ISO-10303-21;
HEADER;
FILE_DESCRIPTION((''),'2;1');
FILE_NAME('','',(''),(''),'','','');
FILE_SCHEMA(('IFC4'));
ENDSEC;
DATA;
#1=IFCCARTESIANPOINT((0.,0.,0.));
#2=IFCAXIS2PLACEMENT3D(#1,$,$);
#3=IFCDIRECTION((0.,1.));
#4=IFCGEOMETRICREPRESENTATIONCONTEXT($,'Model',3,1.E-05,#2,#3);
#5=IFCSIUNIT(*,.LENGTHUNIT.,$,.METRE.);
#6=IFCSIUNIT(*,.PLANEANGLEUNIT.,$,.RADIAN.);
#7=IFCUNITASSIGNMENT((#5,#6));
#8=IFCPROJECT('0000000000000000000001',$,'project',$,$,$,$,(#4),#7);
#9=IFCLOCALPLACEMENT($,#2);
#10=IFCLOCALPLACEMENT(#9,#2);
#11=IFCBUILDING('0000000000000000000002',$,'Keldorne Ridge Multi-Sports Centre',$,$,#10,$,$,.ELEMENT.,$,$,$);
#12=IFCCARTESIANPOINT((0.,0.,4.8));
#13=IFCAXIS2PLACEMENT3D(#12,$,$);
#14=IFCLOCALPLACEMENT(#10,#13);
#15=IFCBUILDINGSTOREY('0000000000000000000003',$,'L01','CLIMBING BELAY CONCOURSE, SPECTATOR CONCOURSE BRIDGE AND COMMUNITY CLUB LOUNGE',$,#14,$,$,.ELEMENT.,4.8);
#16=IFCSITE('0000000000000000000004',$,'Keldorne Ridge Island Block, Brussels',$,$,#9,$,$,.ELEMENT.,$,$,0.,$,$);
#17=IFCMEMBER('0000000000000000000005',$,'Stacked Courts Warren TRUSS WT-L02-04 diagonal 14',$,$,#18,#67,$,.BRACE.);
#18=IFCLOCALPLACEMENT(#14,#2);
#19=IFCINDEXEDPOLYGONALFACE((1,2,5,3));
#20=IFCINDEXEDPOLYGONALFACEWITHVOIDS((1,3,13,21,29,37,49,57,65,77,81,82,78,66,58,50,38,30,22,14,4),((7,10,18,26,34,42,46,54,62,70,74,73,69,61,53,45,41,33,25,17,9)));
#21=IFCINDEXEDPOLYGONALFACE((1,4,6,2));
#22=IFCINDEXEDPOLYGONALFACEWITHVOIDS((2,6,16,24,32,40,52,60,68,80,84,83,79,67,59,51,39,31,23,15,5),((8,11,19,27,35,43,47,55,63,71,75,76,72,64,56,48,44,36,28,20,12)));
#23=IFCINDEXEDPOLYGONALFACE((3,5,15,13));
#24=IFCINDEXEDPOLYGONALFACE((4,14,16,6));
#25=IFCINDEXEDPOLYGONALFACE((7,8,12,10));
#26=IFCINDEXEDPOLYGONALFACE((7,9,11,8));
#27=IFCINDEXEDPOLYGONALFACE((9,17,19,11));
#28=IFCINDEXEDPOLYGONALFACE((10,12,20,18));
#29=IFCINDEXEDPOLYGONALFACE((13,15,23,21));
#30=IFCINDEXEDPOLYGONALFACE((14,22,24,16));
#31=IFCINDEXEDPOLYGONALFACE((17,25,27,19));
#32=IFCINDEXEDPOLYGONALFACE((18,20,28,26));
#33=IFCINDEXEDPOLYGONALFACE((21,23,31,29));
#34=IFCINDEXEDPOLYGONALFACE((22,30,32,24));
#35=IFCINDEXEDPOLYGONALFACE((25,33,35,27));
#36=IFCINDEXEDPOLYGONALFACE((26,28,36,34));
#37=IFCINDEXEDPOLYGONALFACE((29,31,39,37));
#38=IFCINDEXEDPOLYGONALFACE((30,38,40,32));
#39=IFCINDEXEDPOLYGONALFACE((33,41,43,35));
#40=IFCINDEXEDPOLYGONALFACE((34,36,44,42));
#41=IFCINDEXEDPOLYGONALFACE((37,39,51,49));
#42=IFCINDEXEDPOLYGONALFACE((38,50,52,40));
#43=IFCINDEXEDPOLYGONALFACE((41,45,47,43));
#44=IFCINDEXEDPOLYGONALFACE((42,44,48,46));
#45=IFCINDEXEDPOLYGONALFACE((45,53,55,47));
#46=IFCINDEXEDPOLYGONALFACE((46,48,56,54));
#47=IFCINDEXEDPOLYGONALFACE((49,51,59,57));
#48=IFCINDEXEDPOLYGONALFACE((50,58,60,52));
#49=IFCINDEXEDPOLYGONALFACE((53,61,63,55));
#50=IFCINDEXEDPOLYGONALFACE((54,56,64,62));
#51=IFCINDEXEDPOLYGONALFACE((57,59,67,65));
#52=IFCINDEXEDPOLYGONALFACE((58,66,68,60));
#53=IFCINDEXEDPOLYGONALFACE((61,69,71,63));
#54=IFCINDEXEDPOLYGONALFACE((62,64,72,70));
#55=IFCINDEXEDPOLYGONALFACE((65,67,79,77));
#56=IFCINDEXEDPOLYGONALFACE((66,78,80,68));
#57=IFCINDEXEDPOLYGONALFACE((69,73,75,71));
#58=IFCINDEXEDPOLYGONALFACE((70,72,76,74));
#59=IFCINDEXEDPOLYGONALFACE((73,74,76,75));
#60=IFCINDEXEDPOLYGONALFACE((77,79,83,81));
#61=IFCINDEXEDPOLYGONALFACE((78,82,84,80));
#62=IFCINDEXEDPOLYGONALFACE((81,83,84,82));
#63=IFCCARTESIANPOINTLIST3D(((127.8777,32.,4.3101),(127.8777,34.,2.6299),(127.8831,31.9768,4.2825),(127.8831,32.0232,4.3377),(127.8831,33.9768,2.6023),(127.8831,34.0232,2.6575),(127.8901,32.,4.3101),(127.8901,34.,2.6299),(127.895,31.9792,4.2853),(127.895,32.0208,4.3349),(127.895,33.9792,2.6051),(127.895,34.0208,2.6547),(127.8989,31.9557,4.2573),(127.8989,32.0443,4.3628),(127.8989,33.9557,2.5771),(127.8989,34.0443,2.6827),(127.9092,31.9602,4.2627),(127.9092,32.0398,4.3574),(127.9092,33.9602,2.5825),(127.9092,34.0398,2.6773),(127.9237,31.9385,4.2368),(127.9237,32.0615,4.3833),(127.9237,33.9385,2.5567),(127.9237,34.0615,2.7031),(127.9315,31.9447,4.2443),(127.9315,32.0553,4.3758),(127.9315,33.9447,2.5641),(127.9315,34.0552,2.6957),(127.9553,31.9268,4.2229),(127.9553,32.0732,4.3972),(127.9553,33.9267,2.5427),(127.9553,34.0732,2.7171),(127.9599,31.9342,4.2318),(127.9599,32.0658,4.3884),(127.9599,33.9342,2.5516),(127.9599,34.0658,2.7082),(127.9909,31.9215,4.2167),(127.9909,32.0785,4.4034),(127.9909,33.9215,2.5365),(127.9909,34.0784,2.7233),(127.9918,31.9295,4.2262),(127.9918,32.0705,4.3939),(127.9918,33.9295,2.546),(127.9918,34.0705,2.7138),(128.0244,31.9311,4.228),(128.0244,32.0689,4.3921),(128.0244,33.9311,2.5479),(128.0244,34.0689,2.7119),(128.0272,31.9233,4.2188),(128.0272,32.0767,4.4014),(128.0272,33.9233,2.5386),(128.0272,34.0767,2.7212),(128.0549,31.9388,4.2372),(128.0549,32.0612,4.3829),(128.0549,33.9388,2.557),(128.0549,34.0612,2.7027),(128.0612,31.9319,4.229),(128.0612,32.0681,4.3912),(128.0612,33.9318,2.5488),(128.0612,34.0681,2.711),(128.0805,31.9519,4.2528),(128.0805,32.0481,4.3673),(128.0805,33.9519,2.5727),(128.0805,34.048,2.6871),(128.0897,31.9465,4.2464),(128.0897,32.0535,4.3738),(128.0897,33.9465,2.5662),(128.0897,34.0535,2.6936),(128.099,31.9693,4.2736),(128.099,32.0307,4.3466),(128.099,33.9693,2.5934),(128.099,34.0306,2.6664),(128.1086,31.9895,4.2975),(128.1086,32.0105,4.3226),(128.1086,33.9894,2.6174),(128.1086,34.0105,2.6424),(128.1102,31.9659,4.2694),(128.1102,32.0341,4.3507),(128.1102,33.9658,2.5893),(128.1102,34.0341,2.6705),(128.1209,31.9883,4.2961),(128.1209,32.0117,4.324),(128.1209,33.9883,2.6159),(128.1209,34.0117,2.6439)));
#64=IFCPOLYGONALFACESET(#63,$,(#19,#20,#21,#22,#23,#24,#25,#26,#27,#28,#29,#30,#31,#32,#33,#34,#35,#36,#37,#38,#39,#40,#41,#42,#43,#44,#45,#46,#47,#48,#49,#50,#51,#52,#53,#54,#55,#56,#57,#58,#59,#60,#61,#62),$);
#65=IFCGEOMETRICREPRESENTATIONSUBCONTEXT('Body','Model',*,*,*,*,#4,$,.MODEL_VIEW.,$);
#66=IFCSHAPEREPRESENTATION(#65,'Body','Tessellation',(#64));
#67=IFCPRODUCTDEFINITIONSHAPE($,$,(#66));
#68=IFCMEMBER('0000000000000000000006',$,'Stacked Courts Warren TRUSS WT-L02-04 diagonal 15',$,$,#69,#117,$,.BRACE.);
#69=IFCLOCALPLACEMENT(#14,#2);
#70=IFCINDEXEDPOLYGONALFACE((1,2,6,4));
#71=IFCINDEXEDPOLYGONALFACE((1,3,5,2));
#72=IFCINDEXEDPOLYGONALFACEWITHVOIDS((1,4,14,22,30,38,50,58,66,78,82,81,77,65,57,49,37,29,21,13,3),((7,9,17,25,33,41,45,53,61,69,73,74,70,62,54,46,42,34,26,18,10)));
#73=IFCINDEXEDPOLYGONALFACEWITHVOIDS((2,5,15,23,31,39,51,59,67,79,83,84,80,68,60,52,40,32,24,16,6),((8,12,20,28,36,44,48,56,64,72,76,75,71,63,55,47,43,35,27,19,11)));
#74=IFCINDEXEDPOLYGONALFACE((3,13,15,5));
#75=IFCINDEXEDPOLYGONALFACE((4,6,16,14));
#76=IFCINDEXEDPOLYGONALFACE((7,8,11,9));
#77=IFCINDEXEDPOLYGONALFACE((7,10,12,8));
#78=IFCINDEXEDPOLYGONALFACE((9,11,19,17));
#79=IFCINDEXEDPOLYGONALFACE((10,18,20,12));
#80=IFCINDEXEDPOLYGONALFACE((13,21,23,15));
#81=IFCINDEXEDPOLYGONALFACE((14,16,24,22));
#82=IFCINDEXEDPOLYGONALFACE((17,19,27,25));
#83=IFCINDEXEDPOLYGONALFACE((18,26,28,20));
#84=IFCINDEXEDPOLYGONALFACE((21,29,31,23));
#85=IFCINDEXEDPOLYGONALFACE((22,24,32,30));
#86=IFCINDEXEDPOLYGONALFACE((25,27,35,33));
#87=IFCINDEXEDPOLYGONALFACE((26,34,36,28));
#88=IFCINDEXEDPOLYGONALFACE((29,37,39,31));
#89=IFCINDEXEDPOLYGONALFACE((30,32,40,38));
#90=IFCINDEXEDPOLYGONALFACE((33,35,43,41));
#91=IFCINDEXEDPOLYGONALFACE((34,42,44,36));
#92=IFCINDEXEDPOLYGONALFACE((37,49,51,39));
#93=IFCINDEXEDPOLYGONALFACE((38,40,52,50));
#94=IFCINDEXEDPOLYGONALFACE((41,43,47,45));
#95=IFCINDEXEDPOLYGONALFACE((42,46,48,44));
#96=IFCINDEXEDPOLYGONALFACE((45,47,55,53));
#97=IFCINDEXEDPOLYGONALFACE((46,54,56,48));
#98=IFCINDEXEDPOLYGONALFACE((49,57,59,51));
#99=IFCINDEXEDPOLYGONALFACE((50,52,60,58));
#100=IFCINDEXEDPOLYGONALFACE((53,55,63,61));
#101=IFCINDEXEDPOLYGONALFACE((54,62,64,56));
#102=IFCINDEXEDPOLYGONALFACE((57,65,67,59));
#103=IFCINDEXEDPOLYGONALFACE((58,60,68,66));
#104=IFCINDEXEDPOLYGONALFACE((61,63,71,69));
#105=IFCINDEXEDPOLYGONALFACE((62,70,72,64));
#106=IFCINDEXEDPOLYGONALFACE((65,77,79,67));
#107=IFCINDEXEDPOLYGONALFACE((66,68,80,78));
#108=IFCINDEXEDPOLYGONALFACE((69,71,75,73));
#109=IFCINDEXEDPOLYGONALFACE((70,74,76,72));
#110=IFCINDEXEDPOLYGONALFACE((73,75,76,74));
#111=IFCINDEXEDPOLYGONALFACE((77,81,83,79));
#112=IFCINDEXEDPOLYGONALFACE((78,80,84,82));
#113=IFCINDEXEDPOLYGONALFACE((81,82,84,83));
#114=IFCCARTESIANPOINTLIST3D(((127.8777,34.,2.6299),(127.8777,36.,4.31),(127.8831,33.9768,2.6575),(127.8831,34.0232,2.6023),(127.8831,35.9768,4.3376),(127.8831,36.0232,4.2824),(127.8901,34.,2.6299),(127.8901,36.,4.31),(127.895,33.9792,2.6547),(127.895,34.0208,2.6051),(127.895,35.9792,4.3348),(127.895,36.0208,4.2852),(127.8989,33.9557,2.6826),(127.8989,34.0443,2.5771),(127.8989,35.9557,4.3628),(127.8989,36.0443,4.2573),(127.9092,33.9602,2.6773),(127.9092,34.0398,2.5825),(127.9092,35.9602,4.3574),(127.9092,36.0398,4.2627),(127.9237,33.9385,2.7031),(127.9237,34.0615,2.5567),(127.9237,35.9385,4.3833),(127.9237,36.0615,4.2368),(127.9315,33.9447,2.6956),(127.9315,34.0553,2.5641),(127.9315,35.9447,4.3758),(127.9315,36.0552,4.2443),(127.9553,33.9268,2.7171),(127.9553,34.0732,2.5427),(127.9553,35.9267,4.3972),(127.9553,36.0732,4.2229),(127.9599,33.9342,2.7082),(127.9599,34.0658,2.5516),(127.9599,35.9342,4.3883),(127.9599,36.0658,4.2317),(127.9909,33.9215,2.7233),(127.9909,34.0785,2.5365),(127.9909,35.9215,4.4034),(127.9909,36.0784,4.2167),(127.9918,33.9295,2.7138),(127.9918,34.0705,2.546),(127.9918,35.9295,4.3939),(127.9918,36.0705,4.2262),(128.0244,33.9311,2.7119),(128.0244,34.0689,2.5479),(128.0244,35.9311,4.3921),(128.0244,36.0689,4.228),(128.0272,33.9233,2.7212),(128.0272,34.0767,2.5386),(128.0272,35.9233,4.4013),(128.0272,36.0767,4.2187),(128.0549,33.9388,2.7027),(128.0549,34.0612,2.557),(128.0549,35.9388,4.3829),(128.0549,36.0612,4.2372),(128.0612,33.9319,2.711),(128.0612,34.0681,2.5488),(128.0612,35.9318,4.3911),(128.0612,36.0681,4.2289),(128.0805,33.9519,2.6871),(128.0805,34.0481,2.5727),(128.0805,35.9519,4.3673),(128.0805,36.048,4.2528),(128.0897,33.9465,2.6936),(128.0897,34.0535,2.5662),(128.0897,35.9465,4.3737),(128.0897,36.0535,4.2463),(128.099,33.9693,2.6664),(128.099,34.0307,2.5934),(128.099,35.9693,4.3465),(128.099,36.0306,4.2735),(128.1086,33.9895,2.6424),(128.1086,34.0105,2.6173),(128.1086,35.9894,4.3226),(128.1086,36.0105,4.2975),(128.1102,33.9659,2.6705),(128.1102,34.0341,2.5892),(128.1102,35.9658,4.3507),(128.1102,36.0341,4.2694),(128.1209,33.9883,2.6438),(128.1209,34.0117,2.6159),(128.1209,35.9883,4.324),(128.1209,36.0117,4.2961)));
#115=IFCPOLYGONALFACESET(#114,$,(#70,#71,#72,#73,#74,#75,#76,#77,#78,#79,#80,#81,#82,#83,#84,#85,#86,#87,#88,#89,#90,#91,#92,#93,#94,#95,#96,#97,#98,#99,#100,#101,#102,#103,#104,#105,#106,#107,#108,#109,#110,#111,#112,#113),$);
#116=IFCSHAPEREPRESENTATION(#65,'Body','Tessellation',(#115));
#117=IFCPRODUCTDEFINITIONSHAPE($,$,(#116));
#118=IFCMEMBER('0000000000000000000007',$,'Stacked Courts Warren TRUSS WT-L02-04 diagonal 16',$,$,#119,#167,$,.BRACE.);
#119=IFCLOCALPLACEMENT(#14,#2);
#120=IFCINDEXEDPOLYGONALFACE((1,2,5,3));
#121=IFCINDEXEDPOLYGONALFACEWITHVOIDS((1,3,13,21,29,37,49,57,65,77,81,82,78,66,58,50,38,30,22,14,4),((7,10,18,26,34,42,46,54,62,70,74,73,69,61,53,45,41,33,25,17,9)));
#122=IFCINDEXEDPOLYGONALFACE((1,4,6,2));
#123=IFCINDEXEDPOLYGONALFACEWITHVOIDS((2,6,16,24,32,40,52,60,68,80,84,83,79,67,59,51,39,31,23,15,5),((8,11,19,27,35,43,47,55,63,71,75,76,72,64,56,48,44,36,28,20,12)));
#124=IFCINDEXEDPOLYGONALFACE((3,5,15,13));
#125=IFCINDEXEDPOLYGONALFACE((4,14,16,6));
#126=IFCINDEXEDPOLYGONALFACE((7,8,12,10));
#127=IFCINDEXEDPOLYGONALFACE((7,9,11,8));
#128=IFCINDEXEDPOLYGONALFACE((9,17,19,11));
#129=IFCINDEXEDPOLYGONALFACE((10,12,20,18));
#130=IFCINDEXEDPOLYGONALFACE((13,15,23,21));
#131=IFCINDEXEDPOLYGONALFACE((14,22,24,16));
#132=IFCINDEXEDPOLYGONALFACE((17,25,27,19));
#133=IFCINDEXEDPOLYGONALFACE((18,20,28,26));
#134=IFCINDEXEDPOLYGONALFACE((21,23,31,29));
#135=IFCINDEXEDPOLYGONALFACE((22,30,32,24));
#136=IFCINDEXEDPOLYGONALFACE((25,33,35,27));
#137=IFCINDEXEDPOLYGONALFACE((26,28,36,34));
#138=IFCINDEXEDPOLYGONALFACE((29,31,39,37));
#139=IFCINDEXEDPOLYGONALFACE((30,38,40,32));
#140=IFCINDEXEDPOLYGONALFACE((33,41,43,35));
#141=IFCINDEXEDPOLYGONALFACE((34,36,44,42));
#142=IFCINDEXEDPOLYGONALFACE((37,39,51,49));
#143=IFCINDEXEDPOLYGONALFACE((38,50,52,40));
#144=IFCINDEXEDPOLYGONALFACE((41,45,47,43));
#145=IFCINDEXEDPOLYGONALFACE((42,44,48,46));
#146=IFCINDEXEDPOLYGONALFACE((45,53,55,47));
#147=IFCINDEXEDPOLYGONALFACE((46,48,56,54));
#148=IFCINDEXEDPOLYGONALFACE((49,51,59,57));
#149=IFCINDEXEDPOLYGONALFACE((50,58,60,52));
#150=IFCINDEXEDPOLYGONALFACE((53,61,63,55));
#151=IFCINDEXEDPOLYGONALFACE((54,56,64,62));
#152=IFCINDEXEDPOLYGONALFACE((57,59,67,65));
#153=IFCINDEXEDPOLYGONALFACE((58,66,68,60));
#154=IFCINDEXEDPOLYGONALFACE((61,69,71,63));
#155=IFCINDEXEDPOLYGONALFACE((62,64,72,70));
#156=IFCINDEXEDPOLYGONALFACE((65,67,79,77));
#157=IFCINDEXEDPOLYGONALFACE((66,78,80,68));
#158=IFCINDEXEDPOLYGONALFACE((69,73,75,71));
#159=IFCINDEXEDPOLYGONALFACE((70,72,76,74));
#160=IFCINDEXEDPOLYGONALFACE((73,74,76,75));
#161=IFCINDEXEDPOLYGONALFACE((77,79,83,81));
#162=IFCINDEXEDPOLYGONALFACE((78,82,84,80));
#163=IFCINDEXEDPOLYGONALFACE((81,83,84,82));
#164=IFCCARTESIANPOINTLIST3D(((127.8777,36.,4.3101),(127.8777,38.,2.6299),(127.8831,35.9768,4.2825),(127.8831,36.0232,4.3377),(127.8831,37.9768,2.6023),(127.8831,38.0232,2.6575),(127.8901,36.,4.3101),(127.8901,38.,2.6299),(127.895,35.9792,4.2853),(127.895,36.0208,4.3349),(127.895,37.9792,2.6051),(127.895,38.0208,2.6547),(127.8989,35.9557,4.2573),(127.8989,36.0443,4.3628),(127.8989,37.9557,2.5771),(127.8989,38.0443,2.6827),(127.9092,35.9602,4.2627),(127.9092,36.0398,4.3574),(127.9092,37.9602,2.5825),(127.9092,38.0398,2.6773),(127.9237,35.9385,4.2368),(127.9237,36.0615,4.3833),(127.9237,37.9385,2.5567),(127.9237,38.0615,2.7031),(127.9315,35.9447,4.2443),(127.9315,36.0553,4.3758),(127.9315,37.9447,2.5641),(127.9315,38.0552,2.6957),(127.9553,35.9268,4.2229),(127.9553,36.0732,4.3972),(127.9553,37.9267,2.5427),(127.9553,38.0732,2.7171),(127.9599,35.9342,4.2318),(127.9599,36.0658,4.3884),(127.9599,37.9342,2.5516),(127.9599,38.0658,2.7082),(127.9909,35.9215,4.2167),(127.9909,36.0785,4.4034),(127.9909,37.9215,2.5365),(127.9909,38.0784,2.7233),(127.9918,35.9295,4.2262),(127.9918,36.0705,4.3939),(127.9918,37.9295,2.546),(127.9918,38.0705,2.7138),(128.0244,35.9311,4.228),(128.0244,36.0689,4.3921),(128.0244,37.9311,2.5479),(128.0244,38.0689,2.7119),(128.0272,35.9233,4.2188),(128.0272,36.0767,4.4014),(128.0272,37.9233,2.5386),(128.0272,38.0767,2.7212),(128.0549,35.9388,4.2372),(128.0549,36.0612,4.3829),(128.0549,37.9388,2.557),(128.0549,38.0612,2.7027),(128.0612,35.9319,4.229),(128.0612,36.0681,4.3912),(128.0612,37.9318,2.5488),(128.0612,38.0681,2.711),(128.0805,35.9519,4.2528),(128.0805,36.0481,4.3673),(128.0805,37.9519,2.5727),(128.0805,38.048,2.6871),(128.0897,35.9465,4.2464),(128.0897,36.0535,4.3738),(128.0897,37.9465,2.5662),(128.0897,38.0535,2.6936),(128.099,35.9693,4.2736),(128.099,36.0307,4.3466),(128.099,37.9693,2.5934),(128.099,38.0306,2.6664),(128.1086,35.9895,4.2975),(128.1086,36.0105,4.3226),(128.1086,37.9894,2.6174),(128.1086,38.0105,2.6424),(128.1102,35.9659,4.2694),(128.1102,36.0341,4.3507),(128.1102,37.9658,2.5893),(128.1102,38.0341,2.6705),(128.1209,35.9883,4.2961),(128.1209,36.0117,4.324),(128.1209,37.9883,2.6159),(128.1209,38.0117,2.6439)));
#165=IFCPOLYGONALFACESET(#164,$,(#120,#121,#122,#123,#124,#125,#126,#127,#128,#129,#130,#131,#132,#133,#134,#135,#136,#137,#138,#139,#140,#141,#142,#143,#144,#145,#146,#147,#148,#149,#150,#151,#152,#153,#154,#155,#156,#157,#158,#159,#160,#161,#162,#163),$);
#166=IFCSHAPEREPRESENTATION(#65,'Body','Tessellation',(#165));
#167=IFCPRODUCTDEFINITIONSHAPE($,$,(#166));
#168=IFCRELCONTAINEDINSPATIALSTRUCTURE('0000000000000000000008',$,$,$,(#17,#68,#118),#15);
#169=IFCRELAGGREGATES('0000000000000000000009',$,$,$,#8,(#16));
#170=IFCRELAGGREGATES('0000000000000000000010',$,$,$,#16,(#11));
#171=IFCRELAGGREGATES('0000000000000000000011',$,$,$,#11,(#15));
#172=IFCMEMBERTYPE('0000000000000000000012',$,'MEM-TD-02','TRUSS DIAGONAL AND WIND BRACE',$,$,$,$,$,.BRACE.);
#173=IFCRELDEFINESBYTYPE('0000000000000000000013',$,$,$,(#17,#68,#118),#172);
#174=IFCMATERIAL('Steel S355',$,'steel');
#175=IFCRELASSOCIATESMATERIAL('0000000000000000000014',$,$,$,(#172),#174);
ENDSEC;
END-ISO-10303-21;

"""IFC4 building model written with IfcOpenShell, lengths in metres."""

from ifc_helpers import new_model, si_unit, direction, frame, origin, origin_2d, place, context, subcontext, project, spatial, hollow_circle, extrude, material, material_profile, profile_set, type_object, element, save


model = new_model("IFC4")

# Units and contexts
model_context = context("Model", 3, precision=1e-05, world=origin(), true_north=direction((0.0, 1.0)))
body_context = subcontext(model_context, "Body", "Model", "MODEL_VIEW")
ifc_project = project(units=[si_unit("LENGTHUNIT", "METRE"), si_unit("PLANEANGLEUNIT", "RADIAN")], contexts=[model_context])

# Site, building, storey
site_placement = place(None, origin())
site = spatial("IfcSite", under=ifc_project, at=site_placement, Name="Keldorne Ridge Island Block, Brussels", CompositionType="ELEMENT", RefElevation=0.0)
building_placement = place(site_placement, origin())
building = spatial("IfcBuilding", under=site, at=building_placement, Name="Keldorne Ridge Multi-Sports Centre", CompositionType="ELEMENT")
storey_placement = place(building_placement, frame((0.0, 0.0, 4.8)))
storey = spatial("IfcBuildingStorey", under=building, at=storey_placement, Name="L01", Description="CLIMBING BELAY CONCOURSE, SPECTATOR CONCOURSE BRIDGE AND COMMUNITY CLUB LOUNGE", CompositionType="ELEMENT", Elevation=4.8)

# Members
ifc_material = material(Name="Steel S355", Category="steel")
ifc_material_profile_1 = material_profile(ifc_material, hollow_circle(Radius=0.1223, WallThickness=0.0125, at=origin_2d()), Name="CHS 244.5x12.5")
ifc_profile_set_1 = profile_set([ifc_material_profile_1], Name="Steel S355")
member_type_1 = type_object("IfcMemberType", Name="MEM-TD-02", Description="TRUSS DIAGONAL AND WIND BRACE", PredefinedType="BRACE", material=ifc_profile_set_1)
for number, where, z_axis, x_axis, name in (
    (1, (128.0, 32.0, 4.3101), (0.0, 0.765672, -0.643232), (-1.0, 0.0, 0.0), "Stacked Courts Warren TRUSS WT-L02-04 diagonal 14"),
    (2, (128.0, 34.0, 2.6299), (0.0, 0.765672, 0.643232), (-1.0, 0.0, 0.0), "Stacked Courts Warren TRUSS WT-L02-04 diagonal 15"),
    (3, (128.0, 36.0, 4.3101), (0.0, 0.765672, -0.643232), (-1.0, 0.0, 0.0), "Stacked Courts Warren TRUSS WT-L02-04 diagonal 16"),
):
    element("IfcMember", number, at=place(storey_placement, frame(where, z_axis=z_axis, x_axis=x_axis)), inside=storey, type_object=member_type_1, Name=name, PredefinedType="BRACE", context=body_context, shape_type="SweptSolid", body=[
        extrude(hollow_circle(Radius=0.1223, WallThickness=0.0125, at=origin_2d()), origin(), (0.0, 0.0, 1.0), 2.6121),
    ])

save(model, "model.ifc")
